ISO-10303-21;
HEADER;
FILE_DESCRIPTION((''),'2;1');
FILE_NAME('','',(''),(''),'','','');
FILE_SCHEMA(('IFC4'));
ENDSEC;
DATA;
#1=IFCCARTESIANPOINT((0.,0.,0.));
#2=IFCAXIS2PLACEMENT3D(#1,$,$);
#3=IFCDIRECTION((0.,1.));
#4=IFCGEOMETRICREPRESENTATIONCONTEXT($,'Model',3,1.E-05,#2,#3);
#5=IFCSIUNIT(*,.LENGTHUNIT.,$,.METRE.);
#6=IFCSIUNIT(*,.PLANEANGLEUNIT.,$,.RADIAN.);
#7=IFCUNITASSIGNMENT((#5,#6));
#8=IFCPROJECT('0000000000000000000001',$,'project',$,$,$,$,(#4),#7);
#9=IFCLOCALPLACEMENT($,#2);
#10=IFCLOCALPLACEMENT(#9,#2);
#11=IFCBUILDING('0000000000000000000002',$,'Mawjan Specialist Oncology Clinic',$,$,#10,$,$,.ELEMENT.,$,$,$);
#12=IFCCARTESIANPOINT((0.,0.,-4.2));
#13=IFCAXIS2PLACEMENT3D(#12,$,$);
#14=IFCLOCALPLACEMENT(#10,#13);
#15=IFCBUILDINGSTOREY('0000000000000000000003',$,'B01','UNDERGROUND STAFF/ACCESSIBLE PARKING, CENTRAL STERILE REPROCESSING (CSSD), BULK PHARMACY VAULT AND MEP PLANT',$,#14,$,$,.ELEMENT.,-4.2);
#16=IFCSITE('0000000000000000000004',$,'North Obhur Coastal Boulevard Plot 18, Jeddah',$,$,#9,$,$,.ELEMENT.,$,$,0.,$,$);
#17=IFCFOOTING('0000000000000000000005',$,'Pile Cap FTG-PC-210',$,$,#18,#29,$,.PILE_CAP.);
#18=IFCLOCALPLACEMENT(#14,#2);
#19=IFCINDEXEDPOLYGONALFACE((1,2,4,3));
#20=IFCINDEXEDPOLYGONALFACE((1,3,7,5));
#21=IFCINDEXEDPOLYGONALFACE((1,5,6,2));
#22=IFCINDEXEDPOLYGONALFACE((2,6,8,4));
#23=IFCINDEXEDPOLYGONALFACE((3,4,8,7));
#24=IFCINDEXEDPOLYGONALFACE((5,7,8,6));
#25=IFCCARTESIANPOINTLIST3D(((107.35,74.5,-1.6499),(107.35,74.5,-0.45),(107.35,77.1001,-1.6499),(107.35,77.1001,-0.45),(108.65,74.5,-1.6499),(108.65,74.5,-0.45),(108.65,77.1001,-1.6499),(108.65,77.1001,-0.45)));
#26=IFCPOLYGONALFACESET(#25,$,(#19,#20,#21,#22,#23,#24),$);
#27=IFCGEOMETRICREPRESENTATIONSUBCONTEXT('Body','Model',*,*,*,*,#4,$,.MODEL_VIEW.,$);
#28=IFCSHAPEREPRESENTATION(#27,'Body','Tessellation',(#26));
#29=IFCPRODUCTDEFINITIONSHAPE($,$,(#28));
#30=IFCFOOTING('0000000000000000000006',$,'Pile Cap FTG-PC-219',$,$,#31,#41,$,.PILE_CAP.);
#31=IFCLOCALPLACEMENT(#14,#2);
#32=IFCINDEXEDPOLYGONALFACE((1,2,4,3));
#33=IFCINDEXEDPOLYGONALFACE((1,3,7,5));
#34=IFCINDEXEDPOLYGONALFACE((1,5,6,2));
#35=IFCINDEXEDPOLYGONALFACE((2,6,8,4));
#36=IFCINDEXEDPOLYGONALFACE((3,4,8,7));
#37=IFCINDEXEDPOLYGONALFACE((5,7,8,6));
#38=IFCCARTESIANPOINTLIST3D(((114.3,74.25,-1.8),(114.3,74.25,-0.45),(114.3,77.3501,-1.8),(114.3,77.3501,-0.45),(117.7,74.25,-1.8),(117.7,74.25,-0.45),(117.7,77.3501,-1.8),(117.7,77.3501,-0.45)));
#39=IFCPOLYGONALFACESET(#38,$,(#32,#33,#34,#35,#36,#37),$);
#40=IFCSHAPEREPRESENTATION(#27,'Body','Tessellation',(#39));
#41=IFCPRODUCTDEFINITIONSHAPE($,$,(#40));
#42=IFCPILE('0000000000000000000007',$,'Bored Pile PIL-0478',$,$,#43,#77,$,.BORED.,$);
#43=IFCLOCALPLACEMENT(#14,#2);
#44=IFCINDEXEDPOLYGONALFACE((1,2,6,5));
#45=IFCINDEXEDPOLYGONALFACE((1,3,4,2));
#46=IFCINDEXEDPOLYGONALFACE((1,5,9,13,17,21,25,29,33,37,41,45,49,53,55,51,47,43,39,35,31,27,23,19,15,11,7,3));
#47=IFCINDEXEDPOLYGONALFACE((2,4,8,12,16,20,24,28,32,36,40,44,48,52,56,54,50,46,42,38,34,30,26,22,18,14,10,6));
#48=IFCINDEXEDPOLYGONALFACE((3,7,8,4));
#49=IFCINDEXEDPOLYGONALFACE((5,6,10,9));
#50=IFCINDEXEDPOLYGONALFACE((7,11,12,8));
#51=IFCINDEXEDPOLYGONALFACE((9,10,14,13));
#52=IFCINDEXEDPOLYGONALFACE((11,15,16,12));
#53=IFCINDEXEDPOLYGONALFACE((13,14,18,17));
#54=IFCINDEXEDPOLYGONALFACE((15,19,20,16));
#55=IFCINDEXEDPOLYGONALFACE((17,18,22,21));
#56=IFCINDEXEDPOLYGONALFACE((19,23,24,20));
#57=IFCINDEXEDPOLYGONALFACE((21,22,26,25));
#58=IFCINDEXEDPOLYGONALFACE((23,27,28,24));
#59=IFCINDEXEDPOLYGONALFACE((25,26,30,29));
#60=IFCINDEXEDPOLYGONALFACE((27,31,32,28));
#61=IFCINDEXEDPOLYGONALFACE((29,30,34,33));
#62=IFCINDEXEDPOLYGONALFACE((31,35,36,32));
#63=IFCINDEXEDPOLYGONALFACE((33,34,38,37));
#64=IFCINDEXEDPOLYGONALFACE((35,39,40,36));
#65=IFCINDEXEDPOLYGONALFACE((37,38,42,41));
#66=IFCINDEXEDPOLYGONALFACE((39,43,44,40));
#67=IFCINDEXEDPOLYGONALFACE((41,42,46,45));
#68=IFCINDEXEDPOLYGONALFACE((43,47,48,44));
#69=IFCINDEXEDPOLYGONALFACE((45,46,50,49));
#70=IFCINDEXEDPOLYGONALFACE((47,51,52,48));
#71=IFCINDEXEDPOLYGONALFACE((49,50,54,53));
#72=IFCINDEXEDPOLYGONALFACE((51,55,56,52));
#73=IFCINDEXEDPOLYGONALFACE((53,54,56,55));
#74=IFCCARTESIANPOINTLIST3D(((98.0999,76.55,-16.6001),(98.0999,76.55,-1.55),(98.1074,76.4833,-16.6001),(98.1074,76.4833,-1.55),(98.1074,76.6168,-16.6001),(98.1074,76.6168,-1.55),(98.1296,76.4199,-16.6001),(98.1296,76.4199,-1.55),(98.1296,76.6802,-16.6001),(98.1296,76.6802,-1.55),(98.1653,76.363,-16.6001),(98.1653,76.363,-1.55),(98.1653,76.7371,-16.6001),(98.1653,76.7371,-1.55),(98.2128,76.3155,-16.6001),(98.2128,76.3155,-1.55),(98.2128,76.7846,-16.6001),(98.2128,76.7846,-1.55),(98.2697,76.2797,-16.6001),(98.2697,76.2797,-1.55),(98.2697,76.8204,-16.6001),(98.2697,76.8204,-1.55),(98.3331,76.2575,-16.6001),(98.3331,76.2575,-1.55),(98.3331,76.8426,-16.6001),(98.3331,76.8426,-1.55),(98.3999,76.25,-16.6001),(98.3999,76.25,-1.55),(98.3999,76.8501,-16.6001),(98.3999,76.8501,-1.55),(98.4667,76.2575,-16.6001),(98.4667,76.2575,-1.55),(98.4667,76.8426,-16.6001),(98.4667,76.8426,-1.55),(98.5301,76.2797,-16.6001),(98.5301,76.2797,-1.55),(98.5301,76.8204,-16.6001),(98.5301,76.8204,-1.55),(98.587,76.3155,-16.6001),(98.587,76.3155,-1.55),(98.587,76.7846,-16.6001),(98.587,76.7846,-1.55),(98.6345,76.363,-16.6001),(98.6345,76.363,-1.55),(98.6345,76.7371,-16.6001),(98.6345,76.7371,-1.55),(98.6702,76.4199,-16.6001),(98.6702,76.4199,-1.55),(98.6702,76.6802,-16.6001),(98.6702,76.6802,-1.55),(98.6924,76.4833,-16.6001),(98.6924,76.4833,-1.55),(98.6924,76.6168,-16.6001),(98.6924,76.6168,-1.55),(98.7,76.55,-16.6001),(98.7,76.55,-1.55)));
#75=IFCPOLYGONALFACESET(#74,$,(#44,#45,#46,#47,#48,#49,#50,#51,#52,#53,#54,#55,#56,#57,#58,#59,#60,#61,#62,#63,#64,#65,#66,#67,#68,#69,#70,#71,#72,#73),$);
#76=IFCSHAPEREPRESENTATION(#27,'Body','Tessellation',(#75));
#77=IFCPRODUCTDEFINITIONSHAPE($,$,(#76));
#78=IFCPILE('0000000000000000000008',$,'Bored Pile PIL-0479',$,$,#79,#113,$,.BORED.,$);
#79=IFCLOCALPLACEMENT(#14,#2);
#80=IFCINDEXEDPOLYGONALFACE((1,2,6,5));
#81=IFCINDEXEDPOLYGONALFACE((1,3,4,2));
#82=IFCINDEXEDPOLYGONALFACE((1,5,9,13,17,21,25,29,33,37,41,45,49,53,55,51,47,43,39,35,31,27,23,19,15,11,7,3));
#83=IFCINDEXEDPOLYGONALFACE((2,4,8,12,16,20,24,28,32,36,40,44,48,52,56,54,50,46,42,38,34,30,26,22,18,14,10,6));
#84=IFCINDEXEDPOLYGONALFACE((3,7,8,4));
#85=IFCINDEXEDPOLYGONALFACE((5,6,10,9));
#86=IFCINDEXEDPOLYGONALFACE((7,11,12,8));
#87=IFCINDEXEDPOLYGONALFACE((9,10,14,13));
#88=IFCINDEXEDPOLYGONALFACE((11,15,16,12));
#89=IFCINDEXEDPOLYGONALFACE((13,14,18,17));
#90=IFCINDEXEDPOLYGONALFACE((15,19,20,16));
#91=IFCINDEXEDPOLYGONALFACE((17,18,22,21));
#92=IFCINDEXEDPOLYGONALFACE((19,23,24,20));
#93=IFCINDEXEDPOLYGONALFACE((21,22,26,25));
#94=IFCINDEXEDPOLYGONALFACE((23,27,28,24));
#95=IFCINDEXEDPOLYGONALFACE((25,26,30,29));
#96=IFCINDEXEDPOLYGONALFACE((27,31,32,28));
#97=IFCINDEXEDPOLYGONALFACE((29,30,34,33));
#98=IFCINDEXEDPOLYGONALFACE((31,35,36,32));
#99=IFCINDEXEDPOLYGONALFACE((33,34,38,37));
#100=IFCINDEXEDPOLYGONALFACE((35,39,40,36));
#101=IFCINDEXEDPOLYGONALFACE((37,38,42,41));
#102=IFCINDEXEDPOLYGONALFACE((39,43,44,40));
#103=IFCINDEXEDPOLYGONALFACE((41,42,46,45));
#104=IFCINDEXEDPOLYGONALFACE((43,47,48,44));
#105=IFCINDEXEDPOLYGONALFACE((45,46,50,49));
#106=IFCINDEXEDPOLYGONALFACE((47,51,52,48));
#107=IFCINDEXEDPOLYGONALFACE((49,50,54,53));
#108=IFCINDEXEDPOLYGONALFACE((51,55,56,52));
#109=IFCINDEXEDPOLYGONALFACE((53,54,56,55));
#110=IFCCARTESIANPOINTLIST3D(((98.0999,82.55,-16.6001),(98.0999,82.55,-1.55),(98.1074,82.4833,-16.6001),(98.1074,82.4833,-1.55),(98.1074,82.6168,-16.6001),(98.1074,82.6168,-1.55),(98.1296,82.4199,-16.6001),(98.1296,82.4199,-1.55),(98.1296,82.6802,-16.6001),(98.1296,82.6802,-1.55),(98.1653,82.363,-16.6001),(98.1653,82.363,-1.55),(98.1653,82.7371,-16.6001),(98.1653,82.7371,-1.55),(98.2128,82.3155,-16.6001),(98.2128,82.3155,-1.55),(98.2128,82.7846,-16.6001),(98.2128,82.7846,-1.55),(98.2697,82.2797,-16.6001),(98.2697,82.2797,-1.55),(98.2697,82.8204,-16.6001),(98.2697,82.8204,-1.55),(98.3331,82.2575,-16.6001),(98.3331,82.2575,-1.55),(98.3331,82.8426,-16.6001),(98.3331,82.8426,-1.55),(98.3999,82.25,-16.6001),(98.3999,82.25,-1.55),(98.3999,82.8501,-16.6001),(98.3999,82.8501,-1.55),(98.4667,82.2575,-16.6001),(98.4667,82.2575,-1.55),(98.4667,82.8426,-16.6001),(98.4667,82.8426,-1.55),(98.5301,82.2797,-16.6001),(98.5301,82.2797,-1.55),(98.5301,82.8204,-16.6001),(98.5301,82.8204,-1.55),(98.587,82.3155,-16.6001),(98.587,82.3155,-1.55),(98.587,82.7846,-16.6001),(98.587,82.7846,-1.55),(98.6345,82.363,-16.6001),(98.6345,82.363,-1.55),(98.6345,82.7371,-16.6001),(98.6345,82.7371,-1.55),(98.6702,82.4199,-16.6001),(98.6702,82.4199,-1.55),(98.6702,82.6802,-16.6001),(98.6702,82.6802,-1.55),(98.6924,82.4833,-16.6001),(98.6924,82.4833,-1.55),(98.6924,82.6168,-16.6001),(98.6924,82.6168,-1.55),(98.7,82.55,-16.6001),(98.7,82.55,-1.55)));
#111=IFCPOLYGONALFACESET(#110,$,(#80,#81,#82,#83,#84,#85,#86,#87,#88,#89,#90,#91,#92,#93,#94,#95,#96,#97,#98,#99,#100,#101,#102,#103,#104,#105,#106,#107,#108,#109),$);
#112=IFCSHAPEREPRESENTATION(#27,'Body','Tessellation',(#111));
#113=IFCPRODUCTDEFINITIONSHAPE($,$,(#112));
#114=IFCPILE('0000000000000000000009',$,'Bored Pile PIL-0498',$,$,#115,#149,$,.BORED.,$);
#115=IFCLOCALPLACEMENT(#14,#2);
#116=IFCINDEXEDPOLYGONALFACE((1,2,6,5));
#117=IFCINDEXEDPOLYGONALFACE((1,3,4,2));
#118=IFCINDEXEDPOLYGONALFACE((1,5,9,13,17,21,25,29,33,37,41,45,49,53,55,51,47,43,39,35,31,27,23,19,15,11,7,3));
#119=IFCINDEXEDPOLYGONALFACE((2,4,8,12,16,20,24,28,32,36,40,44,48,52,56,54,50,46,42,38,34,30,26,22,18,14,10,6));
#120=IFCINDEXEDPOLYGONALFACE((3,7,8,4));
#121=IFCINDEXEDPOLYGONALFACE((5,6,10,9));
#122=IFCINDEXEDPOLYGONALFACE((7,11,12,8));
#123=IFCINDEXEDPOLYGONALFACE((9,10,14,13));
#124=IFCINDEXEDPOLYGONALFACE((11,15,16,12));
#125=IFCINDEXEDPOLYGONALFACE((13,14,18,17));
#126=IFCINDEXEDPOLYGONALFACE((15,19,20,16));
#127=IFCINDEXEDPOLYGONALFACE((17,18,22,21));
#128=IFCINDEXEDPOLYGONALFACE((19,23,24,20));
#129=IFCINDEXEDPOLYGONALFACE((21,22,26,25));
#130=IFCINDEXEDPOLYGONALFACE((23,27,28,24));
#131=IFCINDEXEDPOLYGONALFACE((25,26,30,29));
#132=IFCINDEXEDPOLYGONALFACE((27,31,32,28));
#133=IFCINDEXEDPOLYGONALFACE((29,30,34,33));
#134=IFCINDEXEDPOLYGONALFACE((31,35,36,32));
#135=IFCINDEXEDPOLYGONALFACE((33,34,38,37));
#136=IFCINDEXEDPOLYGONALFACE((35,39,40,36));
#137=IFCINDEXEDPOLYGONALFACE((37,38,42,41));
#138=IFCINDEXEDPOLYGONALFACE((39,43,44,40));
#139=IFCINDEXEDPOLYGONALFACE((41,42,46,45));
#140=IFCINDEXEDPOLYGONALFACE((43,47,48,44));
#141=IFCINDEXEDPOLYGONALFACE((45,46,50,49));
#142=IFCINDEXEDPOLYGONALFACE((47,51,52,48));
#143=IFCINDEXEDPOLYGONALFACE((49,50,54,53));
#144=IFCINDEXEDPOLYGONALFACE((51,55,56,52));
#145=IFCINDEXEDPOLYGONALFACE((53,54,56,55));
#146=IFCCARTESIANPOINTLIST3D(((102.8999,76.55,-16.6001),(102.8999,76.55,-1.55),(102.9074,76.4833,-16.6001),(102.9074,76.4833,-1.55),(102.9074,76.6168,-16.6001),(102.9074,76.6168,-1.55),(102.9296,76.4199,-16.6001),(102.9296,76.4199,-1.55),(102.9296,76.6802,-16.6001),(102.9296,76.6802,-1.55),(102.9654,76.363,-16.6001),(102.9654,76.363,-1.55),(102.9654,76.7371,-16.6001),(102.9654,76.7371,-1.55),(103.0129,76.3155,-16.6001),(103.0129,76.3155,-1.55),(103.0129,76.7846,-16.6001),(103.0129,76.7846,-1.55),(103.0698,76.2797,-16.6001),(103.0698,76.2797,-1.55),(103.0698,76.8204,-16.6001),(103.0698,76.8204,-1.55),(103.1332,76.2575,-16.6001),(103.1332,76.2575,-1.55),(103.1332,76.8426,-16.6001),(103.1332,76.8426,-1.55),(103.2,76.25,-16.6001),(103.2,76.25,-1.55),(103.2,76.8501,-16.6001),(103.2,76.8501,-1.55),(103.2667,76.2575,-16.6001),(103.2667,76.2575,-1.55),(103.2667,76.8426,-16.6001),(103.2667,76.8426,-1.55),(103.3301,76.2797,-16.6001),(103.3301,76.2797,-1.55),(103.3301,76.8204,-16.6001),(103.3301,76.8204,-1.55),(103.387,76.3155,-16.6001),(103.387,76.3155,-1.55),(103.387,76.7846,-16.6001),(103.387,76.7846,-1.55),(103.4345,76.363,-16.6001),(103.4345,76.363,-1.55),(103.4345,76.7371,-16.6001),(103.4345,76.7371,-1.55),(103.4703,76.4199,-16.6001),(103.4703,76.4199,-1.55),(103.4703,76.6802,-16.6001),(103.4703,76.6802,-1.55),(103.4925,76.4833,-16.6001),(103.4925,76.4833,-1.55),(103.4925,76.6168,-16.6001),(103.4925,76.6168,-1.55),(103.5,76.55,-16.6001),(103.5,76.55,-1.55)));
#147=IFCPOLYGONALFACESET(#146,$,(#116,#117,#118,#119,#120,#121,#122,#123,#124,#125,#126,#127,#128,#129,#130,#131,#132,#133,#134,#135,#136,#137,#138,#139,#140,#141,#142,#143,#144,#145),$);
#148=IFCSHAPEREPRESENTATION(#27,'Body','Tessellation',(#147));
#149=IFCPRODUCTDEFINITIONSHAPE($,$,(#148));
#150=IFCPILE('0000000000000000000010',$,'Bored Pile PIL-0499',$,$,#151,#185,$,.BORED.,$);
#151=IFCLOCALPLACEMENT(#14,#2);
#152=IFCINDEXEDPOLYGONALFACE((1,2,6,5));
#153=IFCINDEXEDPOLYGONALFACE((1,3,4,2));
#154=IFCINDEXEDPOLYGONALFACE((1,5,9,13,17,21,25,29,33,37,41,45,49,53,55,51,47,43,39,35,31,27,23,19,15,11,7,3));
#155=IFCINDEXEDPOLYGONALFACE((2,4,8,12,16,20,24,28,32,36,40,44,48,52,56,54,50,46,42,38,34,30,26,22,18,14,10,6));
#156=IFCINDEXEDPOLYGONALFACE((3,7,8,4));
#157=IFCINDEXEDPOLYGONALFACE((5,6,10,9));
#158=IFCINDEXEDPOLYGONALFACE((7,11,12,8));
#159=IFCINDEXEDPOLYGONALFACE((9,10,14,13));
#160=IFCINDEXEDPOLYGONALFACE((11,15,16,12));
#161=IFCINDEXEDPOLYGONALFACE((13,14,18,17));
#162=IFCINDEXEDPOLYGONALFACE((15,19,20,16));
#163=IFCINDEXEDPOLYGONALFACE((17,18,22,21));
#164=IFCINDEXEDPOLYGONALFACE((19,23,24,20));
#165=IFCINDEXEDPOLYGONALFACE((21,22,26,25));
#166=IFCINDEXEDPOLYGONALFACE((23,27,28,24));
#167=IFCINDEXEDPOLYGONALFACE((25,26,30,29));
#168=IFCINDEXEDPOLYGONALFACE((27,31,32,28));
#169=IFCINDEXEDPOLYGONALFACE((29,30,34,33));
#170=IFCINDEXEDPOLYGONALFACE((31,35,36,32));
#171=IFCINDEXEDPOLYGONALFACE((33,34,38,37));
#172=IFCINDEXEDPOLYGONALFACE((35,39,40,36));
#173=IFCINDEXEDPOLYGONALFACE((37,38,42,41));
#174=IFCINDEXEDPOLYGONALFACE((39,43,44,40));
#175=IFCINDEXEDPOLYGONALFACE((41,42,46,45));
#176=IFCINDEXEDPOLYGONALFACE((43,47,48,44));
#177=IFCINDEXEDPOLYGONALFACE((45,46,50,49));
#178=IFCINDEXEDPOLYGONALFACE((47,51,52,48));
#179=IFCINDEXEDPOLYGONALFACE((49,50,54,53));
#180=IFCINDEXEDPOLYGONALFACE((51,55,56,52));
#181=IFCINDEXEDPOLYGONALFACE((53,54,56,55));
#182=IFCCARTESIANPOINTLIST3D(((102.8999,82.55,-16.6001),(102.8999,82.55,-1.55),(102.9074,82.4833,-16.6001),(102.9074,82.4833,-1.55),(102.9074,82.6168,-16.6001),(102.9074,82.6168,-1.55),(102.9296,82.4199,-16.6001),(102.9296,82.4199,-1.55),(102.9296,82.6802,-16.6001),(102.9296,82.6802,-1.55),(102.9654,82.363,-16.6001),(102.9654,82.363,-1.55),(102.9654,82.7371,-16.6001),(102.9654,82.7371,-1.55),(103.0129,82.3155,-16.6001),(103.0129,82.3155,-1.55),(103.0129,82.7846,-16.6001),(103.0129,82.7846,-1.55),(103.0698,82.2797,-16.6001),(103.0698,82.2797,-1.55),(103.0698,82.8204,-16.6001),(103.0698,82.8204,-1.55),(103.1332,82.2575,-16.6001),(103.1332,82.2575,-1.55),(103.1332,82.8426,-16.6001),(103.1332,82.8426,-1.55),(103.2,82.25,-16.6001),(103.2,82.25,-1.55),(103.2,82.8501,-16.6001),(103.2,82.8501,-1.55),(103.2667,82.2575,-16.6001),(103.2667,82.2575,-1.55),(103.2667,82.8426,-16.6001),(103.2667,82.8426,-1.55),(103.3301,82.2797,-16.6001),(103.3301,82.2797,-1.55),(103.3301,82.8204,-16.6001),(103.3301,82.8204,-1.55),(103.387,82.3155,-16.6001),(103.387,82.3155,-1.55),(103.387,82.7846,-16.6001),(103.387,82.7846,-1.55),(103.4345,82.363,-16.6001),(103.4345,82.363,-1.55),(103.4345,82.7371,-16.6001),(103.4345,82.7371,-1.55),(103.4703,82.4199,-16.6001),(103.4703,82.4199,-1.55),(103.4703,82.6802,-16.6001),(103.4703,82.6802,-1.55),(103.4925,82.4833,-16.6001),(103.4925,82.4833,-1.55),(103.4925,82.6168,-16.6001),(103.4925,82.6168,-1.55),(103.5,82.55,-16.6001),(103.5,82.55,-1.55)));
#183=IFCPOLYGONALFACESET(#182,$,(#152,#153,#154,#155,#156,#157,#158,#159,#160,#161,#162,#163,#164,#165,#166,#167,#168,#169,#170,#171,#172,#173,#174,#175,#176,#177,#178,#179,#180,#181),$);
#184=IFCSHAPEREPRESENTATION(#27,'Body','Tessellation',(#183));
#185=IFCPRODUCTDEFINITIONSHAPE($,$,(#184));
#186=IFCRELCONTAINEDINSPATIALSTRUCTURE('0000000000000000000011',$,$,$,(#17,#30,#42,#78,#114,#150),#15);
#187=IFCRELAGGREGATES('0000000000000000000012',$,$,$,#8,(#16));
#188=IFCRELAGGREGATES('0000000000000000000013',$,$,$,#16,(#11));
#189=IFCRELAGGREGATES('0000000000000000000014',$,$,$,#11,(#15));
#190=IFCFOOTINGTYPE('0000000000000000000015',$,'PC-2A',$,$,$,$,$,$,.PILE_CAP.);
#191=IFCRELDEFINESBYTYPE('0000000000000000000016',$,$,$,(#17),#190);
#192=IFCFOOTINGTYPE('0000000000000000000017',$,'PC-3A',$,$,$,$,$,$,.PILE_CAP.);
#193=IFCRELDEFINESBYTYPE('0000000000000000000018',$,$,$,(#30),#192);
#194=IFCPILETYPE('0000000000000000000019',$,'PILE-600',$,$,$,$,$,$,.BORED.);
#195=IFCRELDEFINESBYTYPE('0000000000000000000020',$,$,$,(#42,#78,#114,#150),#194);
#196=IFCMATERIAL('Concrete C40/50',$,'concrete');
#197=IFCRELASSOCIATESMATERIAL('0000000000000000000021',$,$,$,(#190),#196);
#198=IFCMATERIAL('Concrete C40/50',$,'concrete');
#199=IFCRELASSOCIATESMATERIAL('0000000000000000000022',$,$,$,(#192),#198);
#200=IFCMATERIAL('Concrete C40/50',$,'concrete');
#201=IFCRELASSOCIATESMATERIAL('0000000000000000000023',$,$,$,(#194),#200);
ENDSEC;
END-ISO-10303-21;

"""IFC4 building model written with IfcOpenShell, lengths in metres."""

from ifc_helpers import new_model, si_unit, direction, frame, origin, origin_2d, place, context, subcontext, project, spatial, rectangle, circle, extrude, material, material_profile, profile_set, type_object, element, save


model = new_model("IFC4")

# Units and contexts
model_context = context("Model", 3, precision=1e-05, world=origin(), true_north=direction((0.0, 1.0)))
body_context = subcontext(model_context, "Body", "Model", "MODEL_VIEW")
ifc_project = project(units=[si_unit("LENGTHUNIT", "METRE"), si_unit("PLANEANGLEUNIT", "RADIAN")], contexts=[model_context])

# Site, building, storey
site_placement = place(None, origin())
site = spatial("IfcSite", under=ifc_project, at=site_placement, Name="North Obhur Coastal Boulevard Plot 18, Jeddah", CompositionType="ELEMENT", RefElevation=0.0)
building_placement = place(site_placement, origin())
building = spatial("IfcBuilding", under=site, at=building_placement, Name="Mawjan Specialist Oncology Clinic", CompositionType="ELEMENT")
storey_placement = place(building_placement, frame((0.0, 0.0, -4.2)))
storey = spatial("IfcBuildingStorey", under=building, at=storey_placement, Name="B01", Description="UNDERGROUND STAFF/ACCESSIBLE PARKING, CENTRAL STERILE REPROCESSING (CSSD), BULK PHARMACY VAULT AND MEP PLANT", CompositionType="ELEMENT", Elevation=-4.2)

# Footings
ifc_material_1 = material(Name="Concrete C40/50", Category="concrete")
footing_type_1 = type_object("IfcFootingType", Name="PC-2A", PredefinedType="PILE_CAP", material=ifc_material_1)
footing_1_placement = place(storey_placement, frame((108.0, 75.8, -1.6499), z_axis=(0.0, 0.0, 1.0), x_axis=(0.0, 1.0, 0.0)))
element("IfcFooting", 1, at=footing_1_placement, inside=storey, type_object=footing_type_1, Name="Pile Cap FTG-PC-210", PredefinedType="PILE_CAP", context=body_context, shape_type="SweptSolid", body=[
    extrude(rectangle(XDim=2.6001, YDim=1.3, at=origin_2d()), origin(), (0.0, 0.0, 1.0), 1.2),
])
ifc_material_2 = material(Name="Concrete C40/50", Category="concrete")
footing_type_2 = type_object("IfcFootingType", Name="PC-3A", PredefinedType="PILE_CAP", material=ifc_material_2)
footing_2_placement = place(storey_placement, frame((116.0, 75.8, -1.8), z_axis=(0.0, 0.0, 1.0), x_axis=(1.0, 0.0, 0.0)))
element("IfcFooting", 2, at=footing_2_placement, inside=storey, type_object=footing_type_2, Name="Pile Cap FTG-PC-219", PredefinedType="PILE_CAP", context=body_context, shape_type="SweptSolid", body=[
    extrude(rectangle(XDim=3.3999, YDim=3.1001, at=origin_2d()), origin(), (0.0, 0.0, 1.0), 1.3501),
])

# Piles
ifc_material_3 = material(Name="Concrete C40/50", Category="concrete")
ifc_material_profile_1 = material_profile(ifc_material_3, circle(Radius=0.3, at=origin_2d()), Name="BORED PILE D600", Category="concrete")
ifc_profile_set_1 = profile_set([ifc_material_profile_1], Name="Concrete C40/50")
pile_type_1 = type_object("IfcPileType", Name="PILE-600", PredefinedType="BORED", material=ifc_profile_set_1)
for number, where, z_axis, x_axis, name in (
    (3, (98.3999, 76.55, -1.55), (0.0, 0.0, -1.0), (1.0, 0.0, 0.0), "Bored Pile PIL-0478"),
    (4, (98.3999, 82.55, -1.55), (0.0, 0.0, -1.0), (1.0, 0.0, 0.0), "Bored Pile PIL-0479"),
    (5, (103.2, 76.55, -1.55), (0.0, 0.0, -1.0), (1.0, 0.0, 0.0), "Bored Pile PIL-0498"),
    (6, (103.2, 82.55, -1.55), (0.0, 0.0, -1.0), (1.0, 0.0, 0.0), "Bored Pile PIL-0499"),
):
    element("IfcPile", number, at=place(storey_placement, frame(where, z_axis=z_axis, x_axis=x_axis)), inside=storey, type_object=pile_type_1, Name=name, PredefinedType="BORED", context=body_context, shape_type="SweptSolid", body=[
        extrude(circle(Radius=0.3, at=origin_2d()), origin(), (0.0, 0.0, 1.0), 15.05),
    ])

save(model, "model.ifc")
